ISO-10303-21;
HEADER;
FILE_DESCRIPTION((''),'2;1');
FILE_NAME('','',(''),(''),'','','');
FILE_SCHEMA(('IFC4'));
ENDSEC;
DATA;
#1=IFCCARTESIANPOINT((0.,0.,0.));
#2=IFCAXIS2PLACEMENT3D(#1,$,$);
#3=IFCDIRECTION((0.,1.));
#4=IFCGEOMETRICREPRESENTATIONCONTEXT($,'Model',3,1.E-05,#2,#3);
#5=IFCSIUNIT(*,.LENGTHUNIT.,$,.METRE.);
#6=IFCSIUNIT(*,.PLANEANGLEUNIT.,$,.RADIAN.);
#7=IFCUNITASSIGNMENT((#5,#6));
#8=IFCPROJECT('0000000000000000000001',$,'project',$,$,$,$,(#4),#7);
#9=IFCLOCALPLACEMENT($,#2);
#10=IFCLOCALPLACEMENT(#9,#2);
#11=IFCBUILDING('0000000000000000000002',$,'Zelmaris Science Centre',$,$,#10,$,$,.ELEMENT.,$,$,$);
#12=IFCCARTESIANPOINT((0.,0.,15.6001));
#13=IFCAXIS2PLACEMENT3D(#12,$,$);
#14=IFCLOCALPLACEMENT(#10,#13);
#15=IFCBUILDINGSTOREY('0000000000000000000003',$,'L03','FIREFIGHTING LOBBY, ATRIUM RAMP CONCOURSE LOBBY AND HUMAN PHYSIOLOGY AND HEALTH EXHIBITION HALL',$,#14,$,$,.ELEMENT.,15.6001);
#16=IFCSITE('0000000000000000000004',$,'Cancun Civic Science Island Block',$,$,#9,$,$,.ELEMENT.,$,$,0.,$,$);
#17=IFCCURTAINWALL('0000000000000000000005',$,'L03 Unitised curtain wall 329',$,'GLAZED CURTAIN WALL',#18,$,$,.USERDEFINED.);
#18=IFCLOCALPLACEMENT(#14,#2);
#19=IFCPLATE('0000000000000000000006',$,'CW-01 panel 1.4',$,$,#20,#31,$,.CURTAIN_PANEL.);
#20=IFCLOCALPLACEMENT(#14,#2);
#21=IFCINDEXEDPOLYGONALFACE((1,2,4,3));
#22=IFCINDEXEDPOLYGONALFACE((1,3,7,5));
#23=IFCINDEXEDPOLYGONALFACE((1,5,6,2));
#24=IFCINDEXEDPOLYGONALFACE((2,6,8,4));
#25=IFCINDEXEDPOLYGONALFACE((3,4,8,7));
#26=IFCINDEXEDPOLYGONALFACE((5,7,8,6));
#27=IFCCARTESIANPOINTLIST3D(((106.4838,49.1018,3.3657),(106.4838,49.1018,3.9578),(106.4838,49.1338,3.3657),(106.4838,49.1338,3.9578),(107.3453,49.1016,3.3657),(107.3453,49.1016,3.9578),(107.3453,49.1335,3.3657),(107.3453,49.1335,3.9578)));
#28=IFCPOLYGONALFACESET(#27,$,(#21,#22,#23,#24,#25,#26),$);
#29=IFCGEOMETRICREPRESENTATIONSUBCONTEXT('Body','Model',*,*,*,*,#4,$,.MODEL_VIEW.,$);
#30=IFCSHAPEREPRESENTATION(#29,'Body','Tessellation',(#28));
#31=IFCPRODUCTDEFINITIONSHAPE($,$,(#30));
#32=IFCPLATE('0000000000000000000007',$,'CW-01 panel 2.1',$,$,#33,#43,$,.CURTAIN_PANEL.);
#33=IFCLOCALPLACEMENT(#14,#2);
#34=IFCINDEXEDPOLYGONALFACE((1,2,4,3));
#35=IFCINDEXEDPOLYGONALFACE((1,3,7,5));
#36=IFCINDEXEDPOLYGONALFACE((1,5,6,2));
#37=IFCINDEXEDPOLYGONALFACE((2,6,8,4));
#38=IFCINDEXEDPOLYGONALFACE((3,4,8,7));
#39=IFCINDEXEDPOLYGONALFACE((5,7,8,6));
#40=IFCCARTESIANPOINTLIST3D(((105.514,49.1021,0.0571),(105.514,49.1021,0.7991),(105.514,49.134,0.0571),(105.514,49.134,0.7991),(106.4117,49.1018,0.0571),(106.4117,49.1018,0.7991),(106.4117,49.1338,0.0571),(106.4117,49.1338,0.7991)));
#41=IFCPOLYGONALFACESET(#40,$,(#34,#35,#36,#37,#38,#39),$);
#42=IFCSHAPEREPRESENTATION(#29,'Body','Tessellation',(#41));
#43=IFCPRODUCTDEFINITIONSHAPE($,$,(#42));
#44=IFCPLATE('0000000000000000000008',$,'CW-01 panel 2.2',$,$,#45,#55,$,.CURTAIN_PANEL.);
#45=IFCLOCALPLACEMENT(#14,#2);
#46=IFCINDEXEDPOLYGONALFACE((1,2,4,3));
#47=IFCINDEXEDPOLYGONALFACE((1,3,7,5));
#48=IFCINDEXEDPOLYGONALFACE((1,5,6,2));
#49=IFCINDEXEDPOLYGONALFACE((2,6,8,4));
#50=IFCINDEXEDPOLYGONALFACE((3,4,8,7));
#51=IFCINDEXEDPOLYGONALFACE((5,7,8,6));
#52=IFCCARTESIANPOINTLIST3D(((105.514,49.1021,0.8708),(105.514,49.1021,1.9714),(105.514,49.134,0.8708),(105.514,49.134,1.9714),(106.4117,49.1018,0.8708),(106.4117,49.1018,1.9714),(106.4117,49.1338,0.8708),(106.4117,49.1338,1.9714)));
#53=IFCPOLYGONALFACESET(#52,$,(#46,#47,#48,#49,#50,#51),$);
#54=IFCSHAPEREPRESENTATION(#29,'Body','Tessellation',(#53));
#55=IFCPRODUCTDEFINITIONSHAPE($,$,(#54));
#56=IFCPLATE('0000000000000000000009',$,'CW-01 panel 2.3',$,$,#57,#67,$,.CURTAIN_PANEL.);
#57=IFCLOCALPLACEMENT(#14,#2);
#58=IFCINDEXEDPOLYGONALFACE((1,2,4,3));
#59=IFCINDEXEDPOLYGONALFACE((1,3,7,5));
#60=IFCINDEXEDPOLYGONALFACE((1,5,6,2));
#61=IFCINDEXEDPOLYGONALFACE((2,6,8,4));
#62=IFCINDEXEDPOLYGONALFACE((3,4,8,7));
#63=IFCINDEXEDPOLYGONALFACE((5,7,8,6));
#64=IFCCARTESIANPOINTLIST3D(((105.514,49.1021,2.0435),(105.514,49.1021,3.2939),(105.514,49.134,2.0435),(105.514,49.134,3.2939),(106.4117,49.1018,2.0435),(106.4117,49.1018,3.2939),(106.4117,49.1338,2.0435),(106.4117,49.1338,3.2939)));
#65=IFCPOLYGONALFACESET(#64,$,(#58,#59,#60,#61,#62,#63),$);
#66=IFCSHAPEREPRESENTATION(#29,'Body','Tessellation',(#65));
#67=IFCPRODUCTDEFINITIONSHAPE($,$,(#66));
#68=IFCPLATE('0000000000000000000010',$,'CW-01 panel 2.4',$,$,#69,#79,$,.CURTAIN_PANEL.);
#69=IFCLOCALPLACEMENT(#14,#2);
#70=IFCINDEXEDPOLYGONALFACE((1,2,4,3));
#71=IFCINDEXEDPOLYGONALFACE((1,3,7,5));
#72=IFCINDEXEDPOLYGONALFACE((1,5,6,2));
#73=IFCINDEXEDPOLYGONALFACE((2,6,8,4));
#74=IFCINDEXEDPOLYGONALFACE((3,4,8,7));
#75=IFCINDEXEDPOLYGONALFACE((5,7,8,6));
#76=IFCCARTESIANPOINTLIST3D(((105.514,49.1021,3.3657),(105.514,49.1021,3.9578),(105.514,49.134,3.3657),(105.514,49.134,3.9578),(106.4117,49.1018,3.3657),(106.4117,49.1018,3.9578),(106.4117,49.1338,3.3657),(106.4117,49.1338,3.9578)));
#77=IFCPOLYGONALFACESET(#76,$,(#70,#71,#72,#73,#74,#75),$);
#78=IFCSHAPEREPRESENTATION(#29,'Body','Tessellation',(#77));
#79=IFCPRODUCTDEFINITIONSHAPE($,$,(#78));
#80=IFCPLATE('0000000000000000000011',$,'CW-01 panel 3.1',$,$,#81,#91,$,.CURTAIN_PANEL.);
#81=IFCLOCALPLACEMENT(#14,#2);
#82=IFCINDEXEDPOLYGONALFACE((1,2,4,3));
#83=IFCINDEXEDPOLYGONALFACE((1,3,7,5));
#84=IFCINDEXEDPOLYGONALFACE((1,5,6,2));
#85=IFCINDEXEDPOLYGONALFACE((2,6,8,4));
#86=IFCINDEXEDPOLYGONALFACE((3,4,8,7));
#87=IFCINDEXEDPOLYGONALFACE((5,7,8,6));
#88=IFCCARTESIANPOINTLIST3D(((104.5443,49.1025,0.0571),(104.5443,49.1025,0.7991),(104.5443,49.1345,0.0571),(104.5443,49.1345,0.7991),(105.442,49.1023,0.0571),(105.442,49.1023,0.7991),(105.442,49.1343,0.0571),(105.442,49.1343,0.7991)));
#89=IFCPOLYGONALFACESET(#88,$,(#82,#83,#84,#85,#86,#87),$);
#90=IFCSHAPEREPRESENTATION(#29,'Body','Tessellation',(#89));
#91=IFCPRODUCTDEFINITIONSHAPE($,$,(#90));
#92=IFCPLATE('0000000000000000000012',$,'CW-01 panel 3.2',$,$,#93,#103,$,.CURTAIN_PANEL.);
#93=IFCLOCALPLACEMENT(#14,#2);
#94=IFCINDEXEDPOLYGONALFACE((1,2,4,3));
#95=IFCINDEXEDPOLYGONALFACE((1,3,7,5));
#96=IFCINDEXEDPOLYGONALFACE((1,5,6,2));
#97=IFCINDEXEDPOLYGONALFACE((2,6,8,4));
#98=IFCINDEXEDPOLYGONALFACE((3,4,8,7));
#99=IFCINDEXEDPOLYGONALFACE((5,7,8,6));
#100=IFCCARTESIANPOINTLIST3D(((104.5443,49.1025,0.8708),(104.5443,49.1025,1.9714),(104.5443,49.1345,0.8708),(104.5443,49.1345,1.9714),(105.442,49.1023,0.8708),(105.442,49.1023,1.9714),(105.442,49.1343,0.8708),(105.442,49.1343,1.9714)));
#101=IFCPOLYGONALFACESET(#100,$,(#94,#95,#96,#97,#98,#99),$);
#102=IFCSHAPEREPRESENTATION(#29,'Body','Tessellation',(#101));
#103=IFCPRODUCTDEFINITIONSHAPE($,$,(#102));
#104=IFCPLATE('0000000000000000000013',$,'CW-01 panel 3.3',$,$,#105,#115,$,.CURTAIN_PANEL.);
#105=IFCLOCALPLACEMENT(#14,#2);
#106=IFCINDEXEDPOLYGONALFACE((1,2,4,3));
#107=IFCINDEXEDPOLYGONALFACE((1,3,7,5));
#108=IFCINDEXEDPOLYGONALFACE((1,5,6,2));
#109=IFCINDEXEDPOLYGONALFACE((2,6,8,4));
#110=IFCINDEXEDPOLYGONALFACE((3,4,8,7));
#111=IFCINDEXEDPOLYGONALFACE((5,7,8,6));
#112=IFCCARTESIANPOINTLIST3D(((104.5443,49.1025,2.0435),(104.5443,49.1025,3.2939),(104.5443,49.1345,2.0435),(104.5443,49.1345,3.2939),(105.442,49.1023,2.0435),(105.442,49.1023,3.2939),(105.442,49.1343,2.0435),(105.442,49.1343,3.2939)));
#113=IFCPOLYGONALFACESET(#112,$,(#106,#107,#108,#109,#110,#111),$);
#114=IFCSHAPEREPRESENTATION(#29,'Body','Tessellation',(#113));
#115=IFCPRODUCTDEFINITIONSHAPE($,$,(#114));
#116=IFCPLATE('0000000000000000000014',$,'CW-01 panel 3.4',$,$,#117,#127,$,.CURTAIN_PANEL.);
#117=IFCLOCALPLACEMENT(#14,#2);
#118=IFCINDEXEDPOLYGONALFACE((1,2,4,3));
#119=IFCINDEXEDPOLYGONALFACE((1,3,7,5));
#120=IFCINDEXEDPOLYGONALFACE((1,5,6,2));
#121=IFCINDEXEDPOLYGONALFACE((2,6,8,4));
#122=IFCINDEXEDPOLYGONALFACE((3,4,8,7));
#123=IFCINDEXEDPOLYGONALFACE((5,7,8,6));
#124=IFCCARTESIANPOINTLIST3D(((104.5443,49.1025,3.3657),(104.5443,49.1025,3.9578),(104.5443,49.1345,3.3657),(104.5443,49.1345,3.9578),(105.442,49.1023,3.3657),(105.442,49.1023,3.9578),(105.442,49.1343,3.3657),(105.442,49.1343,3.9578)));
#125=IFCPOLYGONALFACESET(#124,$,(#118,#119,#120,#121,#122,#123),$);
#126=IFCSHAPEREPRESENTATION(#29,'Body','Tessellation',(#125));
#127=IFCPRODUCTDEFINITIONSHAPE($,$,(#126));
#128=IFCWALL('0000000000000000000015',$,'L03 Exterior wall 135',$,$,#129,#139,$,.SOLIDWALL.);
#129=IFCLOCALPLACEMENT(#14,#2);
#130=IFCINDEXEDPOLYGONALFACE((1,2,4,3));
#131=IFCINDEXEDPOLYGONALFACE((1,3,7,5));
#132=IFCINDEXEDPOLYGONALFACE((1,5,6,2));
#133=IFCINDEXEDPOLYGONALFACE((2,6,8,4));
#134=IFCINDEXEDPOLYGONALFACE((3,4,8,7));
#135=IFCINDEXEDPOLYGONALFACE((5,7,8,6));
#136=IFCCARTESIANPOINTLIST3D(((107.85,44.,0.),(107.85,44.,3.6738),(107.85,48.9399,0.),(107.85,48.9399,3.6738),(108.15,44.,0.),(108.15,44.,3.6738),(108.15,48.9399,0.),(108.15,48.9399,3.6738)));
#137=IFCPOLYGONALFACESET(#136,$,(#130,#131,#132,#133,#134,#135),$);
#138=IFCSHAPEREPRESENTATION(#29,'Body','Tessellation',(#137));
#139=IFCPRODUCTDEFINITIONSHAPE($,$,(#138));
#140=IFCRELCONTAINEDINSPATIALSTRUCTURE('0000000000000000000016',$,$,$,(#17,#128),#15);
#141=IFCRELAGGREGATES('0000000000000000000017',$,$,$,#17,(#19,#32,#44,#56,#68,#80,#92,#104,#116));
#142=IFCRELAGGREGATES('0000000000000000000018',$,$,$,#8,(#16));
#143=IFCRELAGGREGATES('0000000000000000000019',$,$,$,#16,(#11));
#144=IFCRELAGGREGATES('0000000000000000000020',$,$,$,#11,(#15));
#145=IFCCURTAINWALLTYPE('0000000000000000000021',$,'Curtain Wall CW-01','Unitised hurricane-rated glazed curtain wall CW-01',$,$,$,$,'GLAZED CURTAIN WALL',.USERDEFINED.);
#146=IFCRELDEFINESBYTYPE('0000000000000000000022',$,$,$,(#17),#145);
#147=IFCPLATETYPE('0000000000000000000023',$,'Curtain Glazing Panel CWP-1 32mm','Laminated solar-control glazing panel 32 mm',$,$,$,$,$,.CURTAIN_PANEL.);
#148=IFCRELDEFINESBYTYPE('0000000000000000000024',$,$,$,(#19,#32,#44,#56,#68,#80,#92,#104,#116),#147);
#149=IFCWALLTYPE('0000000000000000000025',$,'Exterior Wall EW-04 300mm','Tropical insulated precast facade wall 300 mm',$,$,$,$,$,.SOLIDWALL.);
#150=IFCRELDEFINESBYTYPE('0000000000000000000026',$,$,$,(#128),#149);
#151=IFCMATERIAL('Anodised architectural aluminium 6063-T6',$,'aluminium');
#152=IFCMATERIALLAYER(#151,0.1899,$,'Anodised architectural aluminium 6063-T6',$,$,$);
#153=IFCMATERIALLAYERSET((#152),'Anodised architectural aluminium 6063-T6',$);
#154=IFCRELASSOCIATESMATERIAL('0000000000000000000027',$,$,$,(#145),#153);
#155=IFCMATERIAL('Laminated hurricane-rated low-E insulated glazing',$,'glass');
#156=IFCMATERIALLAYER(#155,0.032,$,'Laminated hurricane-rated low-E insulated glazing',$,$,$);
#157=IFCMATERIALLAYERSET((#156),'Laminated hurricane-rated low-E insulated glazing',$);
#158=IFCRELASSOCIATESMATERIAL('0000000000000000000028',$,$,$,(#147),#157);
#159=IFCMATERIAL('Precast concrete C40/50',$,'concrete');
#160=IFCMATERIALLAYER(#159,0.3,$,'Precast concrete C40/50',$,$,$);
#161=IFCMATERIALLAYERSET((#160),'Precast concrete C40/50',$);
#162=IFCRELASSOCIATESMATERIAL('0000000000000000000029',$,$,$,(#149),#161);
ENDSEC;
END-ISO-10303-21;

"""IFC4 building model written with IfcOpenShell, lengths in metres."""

from ifc_helpers import new_model, si_unit, direction, frame, frame_2d, origin, origin_2d, place, context, subcontext, project, spatial, rectangle, extrude, material, layer, layer_set, type_object, element, aggregate, save


model = new_model("IFC4")

# Units and contexts
model_context = context("Model", 3, precision=1e-05, world=origin(), true_north=direction((0.0, 1.0)))
body_context = subcontext(model_context, "Body", "Model", "MODEL_VIEW")
ifc_project = project(units=[si_unit("LENGTHUNIT", "METRE"), si_unit("PLANEANGLEUNIT", "RADIAN")], contexts=[model_context])

# Site, building, storey
site_placement = place(None, origin())
site = spatial("IfcSite", under=ifc_project, at=site_placement, Name="Cancun Civic Science Island Block", CompositionType="ELEMENT", RefElevation=0.0)
building_placement = place(site_placement, origin())
building = spatial("IfcBuilding", under=site, at=building_placement, Name="Zelmaris Science Centre", CompositionType="ELEMENT")
storey_placement = place(building_placement, frame((0.0, 0.0, 15.6001)))
storey = spatial("IfcBuildingStorey", under=building, at=storey_placement, Name="L03", Description="FIREFIGHTING LOBBY, ATRIUM RAMP CONCOURSE LOBBY AND HUMAN PHYSIOLOGY AND HEALTH EXHIBITION HALL", CompositionType="ELEMENT", Elevation=15.6001)

# Curtain wall
ifc_material_1 = material(Name="Anodised architectural aluminium 6063-T6", Category="aluminium")
ifc_layer_1 = layer(ifc_material_1, 0.1899, Name="Anodised architectural aluminium 6063-T6")
ifc_layer_set_1 = layer_set([ifc_layer_1], Name="Anodised architectural aluminium 6063-T6")
curtain_wall_type = type_object("IfcCurtainWallType", Name="Curtain Wall CW-01", Description="Unitised hurricane-rated glazed curtain wall CW-01", ElementType="GLAZED CURTAIN WALL", PredefinedType="USERDEFINED", material=ifc_layer_set_1)
curtain_wall_placement = place(storey_placement, origin())
curtain_wall = element("IfcCurtainWall", 1, at=curtain_wall_placement, inside=storey, type_object=curtain_wall_type, Name="L03 Unitised curtain wall 329", ObjectType="GLAZED CURTAIN WALL", PredefinedType="USERDEFINED")

# Plates
ifc_material_2 = material(Name="Laminated hurricane-rated low-E insulated glazing", Category="glass")
ifc_layer_2 = layer(ifc_material_2, 0.032, Name="Laminated hurricane-rated low-E insulated glazing")
ifc_layer_set_2 = layer_set([ifc_layer_2], Name="Laminated hurricane-rated low-E insulated glazing")
plate_type = type_object("IfcPlateType", Name="Curtain Glazing Panel CWP-1 32mm", Description="Laminated solar-control glazing panel 32 mm", PredefinedType="CURTAIN_PANEL", material=ifc_layer_set_2)
plate_1_placement = place(storey_placement, frame((106.9146, 49.1177, 3.3657), z_axis=(0.0, 0.0, 1.0), x_axis=(-1.0, 0.000284, 0.0)))
plate_1 = element("IfcPlate", 2, at=plate_1_placement, type_object=plate_type, Name="CW-01 panel 1.4", PredefinedType="CURTAIN_PANEL", context=body_context, shape_type="SweptSolid", body=[
    extrude(rectangle(XDim=0.8616, YDim=0.032, at=origin_2d()), origin(), (0.0, 0.0, 1.0), 0.592),
])
plate_2_placement = place(storey_placement, frame((105.9629, 49.1179, 0.0571), z_axis=(0.0, 0.0, 1.0), x_axis=(-1.0, 0.000284, 0.0)))
plate_2 = element("IfcPlate", 3, at=plate_2_placement, type_object=plate_type, Name="CW-01 panel 2.1", PredefinedType="CURTAIN_PANEL", context=body_context, shape_type="SweptSolid", body=[
    extrude(rectangle(XDim=0.8977, YDim=0.032, at=origin_2d()), origin(), (0.0, 0.0, 1.0), 0.7419),
])
plate_3_placement = place(storey_placement, frame((105.9629, 49.1179, 0.8708), z_axis=(0.0, 0.0, 1.0), x_axis=(-1.0, 0.000284, 0.0)))
plate_3 = element("IfcPlate", 4, at=plate_3_placement, type_object=plate_type, Name="CW-01 panel 2.2", PredefinedType="CURTAIN_PANEL", context=body_context, shape_type="SweptSolid", body=[
    extrude(rectangle(XDim=0.8977, YDim=0.032, at=origin_2d()), origin(), (0.0, 0.0, 1.0), 1.1006),
])
plate_4_placement = place(storey_placement, frame((105.9629, 49.1179, 2.0435), z_axis=(0.0, 0.0, 1.0), x_axis=(-1.0, 0.000284, 0.0)))
plate_4 = element("IfcPlate", 5, at=plate_4_placement, type_object=plate_type, Name="CW-01 panel 2.3", PredefinedType="CURTAIN_PANEL", context=body_context, shape_type="SweptSolid", body=[
    extrude(rectangle(XDim=0.8977, YDim=0.032, at=origin_2d()), origin(), (0.0, 0.0, 1.0), 1.2505),
])
plate_5_placement = place(storey_placement, frame((105.9629, 49.1179, 3.3657), z_axis=(0.0, 0.0, 1.0), x_axis=(-1.0, 0.000284, 0.0)))
plate_5 = element("IfcPlate", 6, at=plate_5_placement, type_object=plate_type, Name="CW-01 panel 2.4", PredefinedType="CURTAIN_PANEL", context=body_context, shape_type="SweptSolid", body=[
    extrude(rectangle(XDim=0.8977, YDim=0.032, at=origin_2d()), origin(), (0.0, 0.0, 1.0), 0.592),
])
plate_6_placement = place(storey_placement, frame((104.9932, 49.1184, 0.0571), z_axis=(0.0, 0.0, 1.0), x_axis=(-1.0, 0.000284, 0.0)))
plate_6 = element("IfcPlate", 7, at=plate_6_placement, type_object=plate_type, Name="CW-01 panel 3.1", PredefinedType="CURTAIN_PANEL", context=body_context, shape_type="SweptSolid", body=[
    extrude(rectangle(XDim=0.8977, YDim=0.032, at=origin_2d()), origin(), (0.0, 0.0, 1.0), 0.7419),
])
plate_7_placement = place(storey_placement, frame((104.9932, 49.1184, 0.8708), z_axis=(0.0, 0.0, 1.0), x_axis=(-1.0, 0.000284, 0.0)))
plate_7 = element("IfcPlate", 8, at=plate_7_placement, type_object=plate_type, Name="CW-01 panel 3.2", PredefinedType="CURTAIN_PANEL", context=body_context, shape_type="SweptSolid", body=[
    extrude(rectangle(XDim=0.8977, YDim=0.032, at=origin_2d()), origin(), (0.0, 0.0, 1.0), 1.1006),
])
plate_8_placement = place(storey_placement, frame((104.9932, 49.1184, 2.0435), z_axis=(0.0, 0.0, 1.0), x_axis=(-1.0, 0.000284, 0.0)))
plate_8 = element("IfcPlate", 9, at=plate_8_placement, type_object=plate_type, Name="CW-01 panel 3.3", PredefinedType="CURTAIN_PANEL", context=body_context, shape_type="SweptSolid", body=[
    extrude(rectangle(XDim=0.8977, YDim=0.032, at=origin_2d()), origin(), (0.0, 0.0, 1.0), 1.2505),
])
plate_9_placement = place(storey_placement, frame((104.9932, 49.1184, 3.3657), z_axis=(0.0, 0.0, 1.0), x_axis=(-1.0, 0.000284, 0.0)))
plate_9 = element("IfcPlate", 10, at=plate_9_placement, type_object=plate_type, Name="CW-01 panel 3.4", PredefinedType="CURTAIN_PANEL", context=body_context, shape_type="SweptSolid", body=[
    extrude(rectangle(XDim=0.8977, YDim=0.032, at=origin_2d()), origin(), (0.0, 0.0, 1.0), 0.592),
])
aggregate(curtain_wall, [plate_1, plate_2, plate_3, plate_4, plate_5, plate_6, plate_7, plate_8, plate_9])

# Wall
ifc_material_3 = material(Name="Precast concrete C40/50", Category="concrete")
ifc_layer_3 = layer(ifc_material_3, 0.3, Name="Precast concrete C40/50")
ifc_layer_set_3 = layer_set([ifc_layer_3], Name="Precast concrete C40/50")
wall_type = type_object("IfcWallType", Name="Exterior Wall EW-04 300mm", Description="Tropical insulated precast facade wall 300 mm", PredefinedType="SOLIDWALL", material=ifc_layer_set_3)
wall_placement = place(storey_placement, frame((108.0, 44.0, 0.0), z_axis=(0.0, 0.0, 1.0), x_axis=(0.0, 1.0, 0.0)))
element("IfcWall", 11, at=wall_placement, inside=storey, type_object=wall_type, Name="L03 Exterior wall 135", PredefinedType="SOLIDWALL", context=body_context, shape_type="SweptSolid", body=[
    extrude(rectangle(XDim=4.9399, YDim=0.3, at=frame_2d((2.47, 0.0))), origin(), (0.0, 0.0, 1.0), 3.6738),
])

save(model, "model.ifc")
